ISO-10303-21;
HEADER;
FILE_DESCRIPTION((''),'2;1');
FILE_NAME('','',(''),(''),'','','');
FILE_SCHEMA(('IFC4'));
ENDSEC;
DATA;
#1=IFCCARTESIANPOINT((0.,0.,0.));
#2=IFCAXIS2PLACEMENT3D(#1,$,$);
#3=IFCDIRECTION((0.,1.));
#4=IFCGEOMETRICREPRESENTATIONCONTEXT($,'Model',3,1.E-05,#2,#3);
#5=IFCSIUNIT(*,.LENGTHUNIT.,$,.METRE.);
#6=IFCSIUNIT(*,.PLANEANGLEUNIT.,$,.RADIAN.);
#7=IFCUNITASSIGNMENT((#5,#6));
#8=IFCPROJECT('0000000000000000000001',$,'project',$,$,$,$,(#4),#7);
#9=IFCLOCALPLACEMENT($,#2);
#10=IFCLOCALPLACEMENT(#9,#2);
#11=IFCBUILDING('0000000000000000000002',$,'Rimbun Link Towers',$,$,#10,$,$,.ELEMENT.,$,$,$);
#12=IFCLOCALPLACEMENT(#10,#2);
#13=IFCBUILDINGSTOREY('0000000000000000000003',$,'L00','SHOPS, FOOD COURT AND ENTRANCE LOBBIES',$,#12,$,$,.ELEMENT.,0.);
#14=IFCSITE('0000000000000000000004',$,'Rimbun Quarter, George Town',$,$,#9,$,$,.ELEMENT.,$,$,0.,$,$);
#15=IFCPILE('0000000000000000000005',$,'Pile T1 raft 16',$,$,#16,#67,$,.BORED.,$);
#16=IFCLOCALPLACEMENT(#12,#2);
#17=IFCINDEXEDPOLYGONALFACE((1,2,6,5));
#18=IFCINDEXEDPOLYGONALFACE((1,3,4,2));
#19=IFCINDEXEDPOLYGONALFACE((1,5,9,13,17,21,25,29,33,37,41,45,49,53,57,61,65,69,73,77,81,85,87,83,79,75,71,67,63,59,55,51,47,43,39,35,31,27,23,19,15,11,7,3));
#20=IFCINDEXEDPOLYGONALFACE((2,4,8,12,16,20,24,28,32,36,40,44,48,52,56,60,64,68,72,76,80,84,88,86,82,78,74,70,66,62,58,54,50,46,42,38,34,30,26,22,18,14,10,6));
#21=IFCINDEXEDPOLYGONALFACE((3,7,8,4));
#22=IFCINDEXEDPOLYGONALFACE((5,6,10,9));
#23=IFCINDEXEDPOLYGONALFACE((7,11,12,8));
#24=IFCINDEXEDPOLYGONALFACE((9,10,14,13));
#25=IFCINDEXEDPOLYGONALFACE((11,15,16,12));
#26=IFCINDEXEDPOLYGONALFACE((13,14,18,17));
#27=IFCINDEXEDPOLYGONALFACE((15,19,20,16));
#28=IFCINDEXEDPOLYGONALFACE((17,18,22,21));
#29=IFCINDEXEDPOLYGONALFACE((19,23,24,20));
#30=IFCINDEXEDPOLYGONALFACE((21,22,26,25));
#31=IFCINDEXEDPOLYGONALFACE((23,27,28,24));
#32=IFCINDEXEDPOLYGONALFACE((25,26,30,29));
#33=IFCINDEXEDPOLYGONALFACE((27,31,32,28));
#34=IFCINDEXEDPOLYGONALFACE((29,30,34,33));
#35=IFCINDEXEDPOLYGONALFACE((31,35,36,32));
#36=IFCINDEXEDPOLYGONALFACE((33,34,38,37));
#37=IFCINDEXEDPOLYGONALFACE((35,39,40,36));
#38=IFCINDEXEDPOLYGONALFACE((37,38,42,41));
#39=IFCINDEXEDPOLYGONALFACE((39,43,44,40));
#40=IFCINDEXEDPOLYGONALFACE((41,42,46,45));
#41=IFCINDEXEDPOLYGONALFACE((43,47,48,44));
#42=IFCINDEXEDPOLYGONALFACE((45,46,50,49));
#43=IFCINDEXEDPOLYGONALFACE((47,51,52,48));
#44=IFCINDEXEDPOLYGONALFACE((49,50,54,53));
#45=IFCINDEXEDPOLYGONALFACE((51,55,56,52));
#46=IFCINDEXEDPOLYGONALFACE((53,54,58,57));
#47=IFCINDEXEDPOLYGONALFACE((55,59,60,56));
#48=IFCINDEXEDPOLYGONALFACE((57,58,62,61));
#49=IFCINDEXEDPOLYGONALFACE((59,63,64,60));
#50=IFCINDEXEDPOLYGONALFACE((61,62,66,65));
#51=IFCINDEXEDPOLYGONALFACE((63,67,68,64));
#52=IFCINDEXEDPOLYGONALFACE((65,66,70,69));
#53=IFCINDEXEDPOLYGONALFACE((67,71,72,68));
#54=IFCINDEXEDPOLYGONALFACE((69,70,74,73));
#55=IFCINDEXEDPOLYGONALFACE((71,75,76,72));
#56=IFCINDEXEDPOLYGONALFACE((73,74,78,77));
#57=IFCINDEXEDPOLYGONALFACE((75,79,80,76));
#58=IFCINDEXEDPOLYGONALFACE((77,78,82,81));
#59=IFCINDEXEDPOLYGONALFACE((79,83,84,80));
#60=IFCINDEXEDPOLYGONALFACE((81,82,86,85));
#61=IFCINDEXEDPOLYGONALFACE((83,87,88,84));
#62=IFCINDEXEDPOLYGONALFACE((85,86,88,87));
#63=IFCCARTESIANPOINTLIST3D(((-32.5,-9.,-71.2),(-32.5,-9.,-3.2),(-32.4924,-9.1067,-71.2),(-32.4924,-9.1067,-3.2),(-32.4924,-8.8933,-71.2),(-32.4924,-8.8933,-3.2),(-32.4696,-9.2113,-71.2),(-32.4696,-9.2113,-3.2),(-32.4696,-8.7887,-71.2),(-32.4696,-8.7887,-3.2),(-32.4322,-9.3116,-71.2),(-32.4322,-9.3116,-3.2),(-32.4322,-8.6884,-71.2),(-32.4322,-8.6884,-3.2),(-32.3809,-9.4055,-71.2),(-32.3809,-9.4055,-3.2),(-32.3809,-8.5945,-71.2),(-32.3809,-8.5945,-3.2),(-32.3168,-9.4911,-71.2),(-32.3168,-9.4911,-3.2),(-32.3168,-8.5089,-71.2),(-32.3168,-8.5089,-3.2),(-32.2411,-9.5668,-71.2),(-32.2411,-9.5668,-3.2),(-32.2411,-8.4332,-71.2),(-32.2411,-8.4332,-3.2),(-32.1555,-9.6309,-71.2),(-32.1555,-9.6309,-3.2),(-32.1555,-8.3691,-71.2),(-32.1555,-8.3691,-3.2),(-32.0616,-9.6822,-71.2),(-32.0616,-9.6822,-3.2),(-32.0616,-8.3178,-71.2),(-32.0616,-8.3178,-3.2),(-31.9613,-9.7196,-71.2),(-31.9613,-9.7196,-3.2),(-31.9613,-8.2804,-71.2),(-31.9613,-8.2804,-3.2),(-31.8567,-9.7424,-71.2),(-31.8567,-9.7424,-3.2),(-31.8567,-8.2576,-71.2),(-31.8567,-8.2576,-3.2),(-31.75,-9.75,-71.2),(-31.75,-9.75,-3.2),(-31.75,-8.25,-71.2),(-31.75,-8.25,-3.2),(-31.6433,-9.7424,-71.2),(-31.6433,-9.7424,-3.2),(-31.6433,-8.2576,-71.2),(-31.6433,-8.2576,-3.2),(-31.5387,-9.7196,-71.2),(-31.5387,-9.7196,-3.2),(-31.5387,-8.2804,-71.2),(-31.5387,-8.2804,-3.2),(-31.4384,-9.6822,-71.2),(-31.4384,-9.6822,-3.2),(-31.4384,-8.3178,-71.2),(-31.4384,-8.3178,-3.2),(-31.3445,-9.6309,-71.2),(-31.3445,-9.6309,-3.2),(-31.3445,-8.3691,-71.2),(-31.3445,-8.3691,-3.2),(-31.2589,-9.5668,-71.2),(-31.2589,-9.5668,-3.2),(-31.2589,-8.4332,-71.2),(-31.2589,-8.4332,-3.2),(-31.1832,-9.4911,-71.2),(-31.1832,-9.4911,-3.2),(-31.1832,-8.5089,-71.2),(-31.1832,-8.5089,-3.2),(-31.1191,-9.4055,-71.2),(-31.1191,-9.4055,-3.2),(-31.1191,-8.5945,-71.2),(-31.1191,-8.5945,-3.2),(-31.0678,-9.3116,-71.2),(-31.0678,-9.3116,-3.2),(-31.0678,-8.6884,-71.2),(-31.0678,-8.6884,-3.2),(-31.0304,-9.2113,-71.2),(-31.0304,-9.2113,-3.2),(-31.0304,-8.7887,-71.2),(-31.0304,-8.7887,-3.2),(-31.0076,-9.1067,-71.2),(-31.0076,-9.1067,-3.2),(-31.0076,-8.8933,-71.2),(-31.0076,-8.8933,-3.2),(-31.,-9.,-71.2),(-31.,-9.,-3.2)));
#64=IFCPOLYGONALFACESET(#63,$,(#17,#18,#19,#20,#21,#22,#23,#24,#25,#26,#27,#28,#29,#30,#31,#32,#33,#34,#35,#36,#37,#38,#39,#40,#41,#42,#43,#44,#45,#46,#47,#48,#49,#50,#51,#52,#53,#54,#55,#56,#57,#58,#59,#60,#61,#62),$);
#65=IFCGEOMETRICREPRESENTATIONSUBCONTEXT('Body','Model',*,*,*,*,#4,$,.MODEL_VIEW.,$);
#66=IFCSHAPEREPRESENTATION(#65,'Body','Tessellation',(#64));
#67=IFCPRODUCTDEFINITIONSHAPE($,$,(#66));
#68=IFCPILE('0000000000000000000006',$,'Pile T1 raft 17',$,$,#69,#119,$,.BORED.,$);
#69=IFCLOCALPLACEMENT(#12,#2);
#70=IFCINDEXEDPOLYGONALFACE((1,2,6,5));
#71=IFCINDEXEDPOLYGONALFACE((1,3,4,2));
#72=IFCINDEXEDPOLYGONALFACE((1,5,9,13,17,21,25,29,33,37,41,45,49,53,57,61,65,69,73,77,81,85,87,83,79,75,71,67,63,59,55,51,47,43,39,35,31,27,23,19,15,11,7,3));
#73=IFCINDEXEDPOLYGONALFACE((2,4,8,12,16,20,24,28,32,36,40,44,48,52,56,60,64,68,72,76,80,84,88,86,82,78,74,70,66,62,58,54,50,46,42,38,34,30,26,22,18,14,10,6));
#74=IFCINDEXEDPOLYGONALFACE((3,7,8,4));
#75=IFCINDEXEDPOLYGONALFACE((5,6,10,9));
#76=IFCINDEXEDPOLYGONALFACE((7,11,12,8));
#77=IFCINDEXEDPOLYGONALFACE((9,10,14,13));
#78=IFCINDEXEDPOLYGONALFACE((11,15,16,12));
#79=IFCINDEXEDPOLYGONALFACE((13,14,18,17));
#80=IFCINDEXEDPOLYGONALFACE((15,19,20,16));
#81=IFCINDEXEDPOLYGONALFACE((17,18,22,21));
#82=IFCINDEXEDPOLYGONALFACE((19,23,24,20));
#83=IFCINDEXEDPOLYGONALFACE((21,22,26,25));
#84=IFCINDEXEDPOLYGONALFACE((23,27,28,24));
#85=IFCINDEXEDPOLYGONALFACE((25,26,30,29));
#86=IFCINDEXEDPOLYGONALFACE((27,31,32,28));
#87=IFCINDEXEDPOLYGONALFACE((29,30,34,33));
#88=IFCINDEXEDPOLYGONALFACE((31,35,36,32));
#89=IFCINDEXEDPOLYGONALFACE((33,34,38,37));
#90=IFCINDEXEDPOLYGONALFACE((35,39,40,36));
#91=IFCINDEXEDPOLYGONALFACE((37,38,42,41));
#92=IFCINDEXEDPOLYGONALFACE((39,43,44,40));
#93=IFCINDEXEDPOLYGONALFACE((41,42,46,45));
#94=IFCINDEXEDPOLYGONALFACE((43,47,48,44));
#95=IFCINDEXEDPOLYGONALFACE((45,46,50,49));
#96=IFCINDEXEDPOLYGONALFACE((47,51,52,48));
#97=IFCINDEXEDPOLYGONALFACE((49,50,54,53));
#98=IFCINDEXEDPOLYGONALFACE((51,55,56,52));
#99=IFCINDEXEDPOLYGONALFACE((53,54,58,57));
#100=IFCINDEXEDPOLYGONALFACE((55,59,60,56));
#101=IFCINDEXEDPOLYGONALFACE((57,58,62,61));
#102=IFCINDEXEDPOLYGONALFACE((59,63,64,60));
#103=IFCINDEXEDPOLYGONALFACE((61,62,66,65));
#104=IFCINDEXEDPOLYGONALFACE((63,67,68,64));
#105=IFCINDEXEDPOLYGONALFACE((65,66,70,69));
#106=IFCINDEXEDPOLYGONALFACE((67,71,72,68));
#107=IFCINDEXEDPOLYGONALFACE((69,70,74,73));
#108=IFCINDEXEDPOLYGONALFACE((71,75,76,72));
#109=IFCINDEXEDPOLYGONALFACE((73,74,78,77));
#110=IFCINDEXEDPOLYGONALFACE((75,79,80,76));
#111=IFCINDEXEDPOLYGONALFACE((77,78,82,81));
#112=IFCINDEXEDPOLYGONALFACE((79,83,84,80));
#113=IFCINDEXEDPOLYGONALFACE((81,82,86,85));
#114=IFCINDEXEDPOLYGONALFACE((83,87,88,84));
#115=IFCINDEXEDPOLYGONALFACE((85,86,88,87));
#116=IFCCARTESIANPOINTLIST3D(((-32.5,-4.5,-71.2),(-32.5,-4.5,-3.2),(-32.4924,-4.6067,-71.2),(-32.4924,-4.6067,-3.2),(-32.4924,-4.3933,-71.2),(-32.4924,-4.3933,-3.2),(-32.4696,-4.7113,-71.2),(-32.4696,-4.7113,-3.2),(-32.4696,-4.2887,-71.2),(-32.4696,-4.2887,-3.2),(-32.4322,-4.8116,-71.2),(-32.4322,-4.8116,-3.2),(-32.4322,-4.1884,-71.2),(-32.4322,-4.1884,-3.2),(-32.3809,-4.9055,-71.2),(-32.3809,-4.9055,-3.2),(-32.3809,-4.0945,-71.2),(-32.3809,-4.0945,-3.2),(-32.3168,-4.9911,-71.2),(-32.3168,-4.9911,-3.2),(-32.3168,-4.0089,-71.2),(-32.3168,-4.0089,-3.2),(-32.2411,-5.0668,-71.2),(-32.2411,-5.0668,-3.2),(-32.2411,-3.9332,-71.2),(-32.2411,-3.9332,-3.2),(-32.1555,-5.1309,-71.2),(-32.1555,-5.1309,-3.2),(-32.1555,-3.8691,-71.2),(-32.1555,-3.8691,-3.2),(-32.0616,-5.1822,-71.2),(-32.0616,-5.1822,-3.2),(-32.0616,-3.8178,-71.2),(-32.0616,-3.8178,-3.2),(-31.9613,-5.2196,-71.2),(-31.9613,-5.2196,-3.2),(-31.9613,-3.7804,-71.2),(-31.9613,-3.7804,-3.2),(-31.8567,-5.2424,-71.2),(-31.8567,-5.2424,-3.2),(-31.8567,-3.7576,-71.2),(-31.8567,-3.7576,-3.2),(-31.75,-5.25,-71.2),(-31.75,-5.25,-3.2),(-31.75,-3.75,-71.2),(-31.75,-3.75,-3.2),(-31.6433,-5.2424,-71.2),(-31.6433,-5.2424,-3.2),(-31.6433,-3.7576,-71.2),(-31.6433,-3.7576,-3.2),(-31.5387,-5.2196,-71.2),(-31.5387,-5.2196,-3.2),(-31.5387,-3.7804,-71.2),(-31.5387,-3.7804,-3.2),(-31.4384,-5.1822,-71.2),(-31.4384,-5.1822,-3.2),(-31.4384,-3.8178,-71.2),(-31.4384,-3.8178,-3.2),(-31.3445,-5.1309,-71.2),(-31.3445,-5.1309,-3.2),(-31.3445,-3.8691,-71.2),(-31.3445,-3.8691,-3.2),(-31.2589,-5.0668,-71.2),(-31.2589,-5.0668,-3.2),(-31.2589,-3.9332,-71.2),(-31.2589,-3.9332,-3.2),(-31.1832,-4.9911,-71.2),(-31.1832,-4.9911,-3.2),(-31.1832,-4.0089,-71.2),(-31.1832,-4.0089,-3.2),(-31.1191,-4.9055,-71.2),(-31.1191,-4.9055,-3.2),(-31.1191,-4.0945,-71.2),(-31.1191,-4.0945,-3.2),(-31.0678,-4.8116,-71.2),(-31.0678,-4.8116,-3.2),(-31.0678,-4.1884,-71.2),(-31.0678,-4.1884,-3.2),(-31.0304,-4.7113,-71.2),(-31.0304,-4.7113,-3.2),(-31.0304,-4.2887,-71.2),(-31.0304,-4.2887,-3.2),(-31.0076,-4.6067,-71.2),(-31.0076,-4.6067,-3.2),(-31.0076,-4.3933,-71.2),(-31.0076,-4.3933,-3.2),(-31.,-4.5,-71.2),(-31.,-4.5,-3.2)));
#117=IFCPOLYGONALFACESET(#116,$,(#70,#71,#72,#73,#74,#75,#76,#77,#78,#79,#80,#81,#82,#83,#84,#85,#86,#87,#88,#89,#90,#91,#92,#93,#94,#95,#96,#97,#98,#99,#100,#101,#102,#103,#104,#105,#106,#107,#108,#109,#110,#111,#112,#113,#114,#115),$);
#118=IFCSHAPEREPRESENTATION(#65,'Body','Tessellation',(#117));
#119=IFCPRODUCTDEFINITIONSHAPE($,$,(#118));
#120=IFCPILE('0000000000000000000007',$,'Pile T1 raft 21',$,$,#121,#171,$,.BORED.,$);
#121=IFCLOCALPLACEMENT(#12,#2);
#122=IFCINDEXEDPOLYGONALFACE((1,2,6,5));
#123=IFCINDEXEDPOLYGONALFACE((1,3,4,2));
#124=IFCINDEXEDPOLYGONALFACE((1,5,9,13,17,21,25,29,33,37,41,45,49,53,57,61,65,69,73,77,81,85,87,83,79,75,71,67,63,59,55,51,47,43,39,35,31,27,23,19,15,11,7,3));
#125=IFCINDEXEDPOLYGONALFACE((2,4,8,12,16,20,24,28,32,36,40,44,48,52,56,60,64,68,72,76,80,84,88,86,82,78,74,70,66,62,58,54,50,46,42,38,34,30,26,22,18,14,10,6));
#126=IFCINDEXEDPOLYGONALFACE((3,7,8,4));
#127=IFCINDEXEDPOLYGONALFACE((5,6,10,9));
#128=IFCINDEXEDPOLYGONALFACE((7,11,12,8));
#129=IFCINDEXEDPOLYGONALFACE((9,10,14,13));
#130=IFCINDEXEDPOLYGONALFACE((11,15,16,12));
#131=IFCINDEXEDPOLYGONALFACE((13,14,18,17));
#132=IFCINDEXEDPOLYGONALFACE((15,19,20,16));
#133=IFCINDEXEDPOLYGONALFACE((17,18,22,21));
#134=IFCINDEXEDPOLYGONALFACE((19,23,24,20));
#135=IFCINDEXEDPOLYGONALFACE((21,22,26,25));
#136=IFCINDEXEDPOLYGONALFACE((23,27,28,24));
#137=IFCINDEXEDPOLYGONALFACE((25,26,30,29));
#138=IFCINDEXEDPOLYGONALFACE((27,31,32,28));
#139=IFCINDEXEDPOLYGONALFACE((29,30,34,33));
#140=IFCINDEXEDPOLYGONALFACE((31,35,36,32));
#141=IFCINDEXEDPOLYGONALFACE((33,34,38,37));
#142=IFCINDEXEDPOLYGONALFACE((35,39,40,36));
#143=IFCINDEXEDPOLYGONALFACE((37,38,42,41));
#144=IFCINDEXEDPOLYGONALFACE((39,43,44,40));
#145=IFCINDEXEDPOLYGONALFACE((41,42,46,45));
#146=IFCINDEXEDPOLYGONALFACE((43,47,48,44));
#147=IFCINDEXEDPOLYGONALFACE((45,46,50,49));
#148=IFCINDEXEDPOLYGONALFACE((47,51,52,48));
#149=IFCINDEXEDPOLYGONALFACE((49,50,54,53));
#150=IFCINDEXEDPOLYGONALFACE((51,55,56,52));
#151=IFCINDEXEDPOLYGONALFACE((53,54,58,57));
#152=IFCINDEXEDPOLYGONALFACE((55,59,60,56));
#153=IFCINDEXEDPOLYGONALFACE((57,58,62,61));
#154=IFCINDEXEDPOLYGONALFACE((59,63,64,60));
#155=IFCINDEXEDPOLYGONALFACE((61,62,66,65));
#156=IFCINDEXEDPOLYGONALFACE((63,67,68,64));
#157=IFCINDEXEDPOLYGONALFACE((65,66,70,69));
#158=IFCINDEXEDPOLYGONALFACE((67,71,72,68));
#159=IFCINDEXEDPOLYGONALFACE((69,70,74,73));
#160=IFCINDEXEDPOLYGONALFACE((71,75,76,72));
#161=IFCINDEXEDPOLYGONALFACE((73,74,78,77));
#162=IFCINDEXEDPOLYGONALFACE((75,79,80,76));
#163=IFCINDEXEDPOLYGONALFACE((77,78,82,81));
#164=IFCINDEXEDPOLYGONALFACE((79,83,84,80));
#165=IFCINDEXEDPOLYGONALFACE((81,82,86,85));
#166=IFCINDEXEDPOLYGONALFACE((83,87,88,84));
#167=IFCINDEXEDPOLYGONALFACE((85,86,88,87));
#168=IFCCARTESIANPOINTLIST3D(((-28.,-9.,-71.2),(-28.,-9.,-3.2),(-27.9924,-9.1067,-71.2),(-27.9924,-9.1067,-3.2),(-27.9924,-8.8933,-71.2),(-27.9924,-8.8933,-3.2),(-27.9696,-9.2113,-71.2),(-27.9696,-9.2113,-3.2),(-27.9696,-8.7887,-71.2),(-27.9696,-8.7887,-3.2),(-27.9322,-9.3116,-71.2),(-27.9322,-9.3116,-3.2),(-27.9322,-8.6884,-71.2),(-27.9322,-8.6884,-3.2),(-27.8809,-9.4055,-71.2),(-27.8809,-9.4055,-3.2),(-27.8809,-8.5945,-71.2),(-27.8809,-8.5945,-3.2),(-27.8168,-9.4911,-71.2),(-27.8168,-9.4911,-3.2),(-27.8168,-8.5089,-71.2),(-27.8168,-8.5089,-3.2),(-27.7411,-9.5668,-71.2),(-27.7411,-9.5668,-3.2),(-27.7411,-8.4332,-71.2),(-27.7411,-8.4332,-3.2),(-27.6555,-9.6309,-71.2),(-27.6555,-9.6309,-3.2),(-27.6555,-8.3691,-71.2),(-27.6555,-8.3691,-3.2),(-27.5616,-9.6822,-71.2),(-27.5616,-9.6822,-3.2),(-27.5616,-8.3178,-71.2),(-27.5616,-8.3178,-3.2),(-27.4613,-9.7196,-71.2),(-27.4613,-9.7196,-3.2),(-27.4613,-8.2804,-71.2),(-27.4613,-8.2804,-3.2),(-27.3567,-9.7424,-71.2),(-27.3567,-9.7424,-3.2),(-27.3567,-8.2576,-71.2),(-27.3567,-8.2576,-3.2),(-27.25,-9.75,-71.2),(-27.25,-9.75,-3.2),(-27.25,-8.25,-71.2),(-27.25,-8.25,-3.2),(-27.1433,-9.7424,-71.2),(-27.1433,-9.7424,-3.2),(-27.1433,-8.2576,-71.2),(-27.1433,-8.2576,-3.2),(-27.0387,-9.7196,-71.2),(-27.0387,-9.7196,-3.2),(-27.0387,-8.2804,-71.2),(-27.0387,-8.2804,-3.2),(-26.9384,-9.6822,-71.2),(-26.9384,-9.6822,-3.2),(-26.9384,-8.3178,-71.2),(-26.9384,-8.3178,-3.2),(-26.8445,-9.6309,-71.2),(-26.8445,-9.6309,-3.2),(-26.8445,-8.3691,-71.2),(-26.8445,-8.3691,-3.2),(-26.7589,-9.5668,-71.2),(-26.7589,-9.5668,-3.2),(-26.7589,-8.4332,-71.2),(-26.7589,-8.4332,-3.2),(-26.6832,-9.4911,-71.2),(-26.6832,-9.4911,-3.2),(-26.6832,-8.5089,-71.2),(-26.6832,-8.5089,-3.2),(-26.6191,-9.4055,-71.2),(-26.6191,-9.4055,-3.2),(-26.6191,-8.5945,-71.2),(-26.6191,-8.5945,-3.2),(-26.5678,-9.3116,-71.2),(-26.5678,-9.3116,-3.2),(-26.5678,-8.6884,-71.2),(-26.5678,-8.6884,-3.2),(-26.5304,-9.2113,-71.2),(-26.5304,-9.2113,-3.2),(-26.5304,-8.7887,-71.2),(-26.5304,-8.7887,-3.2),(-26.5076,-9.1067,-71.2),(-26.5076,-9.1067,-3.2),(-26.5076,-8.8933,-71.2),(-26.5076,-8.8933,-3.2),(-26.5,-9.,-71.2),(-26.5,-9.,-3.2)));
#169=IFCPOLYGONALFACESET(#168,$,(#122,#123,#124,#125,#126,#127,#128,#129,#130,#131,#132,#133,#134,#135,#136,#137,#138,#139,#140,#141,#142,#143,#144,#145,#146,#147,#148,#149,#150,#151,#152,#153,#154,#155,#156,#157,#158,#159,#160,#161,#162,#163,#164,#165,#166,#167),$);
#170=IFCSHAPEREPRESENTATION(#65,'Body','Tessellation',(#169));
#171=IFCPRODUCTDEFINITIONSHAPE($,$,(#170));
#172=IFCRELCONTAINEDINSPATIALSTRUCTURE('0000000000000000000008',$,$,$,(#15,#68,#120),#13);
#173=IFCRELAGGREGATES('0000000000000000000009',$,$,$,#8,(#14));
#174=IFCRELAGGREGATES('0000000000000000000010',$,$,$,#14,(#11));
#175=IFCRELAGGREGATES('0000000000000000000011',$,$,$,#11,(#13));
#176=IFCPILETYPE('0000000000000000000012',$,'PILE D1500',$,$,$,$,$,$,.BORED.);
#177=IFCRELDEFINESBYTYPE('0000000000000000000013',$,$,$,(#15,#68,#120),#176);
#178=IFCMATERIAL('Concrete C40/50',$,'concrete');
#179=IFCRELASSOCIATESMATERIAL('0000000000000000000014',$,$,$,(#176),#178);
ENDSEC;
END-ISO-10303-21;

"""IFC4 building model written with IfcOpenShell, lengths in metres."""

from ifc_helpers import new_model, si_unit, direction, frame, origin, origin_2d, place, context, subcontext, project, spatial, circle, extrude, material, material_profile, profile_set, type_object, element, save


model = new_model("IFC4")

# Units and contexts
model_context = context("Model", 3, precision=1e-05, world=origin(), true_north=direction((0.0, 1.0)))
body_context = subcontext(model_context, "Body", "Model", "MODEL_VIEW")
ifc_project = project(units=[si_unit("LENGTHUNIT", "METRE"), si_unit("PLANEANGLEUNIT", "RADIAN")], contexts=[model_context])

# Site, building, storey
site_placement = place(None, origin())
site = spatial("IfcSite", under=ifc_project, at=site_placement, Name="Rimbun Quarter, George Town", CompositionType="ELEMENT", RefElevation=0.0)
building_placement = place(site_placement, origin())
building = spatial("IfcBuilding", under=site, at=building_placement, Name="Rimbun Link Towers", CompositionType="ELEMENT")
storey_placement = place(building_placement, origin())
storey = spatial("IfcBuildingStorey", under=building, at=storey_placement, Name="L00", Description="SHOPS, FOOD COURT AND ENTRANCE LOBBIES", CompositionType="ELEMENT", Elevation=0.0)

# Piles
ifc_material_1 = material(Name="Concrete C40/50", Category="concrete")
ifc_material_profile_1 = material_profile(ifc_material_1, circle(Radius=0.75, at=origin_2d()), Name="PILE D1500")
ifc_profile_set_1 = profile_set([ifc_material_profile_1], Name="Concrete C40/50")
pile_type = type_object("IfcPileType", Name="PILE D1500", PredefinedType="BORED", material=ifc_profile_set_1)
for number, where, z_axis, x_axis, name in (
    (1, (-31.75, -9.0, -3.2), (0.0, 0.0, -1.0), (1.0, 0.0, 0.0), "Pile T1 raft 16"),
    (2, (-31.75, -4.5, -3.2), (0.0, 0.0, -1.0), (1.0, 0.0, 0.0), "Pile T1 raft 17"),
    (3, (-27.25, -9.0, -3.2), (0.0, 0.0, -1.0), (1.0, 0.0, 0.0), "Pile T1 raft 21"),
):
    element("IfcPile", number, at=place(storey_placement, frame(where, z_axis=z_axis, x_axis=x_axis)), inside=storey, type_object=pile_type, Name=name, PredefinedType="BORED", context=body_context, shape_type="SweptSolid", body=[
        extrude(circle(Radius=0.75, at=origin_2d()), origin(), (0.0, 0.0, 1.0), 68.0),
    ])

save(model, "model.ifc")
